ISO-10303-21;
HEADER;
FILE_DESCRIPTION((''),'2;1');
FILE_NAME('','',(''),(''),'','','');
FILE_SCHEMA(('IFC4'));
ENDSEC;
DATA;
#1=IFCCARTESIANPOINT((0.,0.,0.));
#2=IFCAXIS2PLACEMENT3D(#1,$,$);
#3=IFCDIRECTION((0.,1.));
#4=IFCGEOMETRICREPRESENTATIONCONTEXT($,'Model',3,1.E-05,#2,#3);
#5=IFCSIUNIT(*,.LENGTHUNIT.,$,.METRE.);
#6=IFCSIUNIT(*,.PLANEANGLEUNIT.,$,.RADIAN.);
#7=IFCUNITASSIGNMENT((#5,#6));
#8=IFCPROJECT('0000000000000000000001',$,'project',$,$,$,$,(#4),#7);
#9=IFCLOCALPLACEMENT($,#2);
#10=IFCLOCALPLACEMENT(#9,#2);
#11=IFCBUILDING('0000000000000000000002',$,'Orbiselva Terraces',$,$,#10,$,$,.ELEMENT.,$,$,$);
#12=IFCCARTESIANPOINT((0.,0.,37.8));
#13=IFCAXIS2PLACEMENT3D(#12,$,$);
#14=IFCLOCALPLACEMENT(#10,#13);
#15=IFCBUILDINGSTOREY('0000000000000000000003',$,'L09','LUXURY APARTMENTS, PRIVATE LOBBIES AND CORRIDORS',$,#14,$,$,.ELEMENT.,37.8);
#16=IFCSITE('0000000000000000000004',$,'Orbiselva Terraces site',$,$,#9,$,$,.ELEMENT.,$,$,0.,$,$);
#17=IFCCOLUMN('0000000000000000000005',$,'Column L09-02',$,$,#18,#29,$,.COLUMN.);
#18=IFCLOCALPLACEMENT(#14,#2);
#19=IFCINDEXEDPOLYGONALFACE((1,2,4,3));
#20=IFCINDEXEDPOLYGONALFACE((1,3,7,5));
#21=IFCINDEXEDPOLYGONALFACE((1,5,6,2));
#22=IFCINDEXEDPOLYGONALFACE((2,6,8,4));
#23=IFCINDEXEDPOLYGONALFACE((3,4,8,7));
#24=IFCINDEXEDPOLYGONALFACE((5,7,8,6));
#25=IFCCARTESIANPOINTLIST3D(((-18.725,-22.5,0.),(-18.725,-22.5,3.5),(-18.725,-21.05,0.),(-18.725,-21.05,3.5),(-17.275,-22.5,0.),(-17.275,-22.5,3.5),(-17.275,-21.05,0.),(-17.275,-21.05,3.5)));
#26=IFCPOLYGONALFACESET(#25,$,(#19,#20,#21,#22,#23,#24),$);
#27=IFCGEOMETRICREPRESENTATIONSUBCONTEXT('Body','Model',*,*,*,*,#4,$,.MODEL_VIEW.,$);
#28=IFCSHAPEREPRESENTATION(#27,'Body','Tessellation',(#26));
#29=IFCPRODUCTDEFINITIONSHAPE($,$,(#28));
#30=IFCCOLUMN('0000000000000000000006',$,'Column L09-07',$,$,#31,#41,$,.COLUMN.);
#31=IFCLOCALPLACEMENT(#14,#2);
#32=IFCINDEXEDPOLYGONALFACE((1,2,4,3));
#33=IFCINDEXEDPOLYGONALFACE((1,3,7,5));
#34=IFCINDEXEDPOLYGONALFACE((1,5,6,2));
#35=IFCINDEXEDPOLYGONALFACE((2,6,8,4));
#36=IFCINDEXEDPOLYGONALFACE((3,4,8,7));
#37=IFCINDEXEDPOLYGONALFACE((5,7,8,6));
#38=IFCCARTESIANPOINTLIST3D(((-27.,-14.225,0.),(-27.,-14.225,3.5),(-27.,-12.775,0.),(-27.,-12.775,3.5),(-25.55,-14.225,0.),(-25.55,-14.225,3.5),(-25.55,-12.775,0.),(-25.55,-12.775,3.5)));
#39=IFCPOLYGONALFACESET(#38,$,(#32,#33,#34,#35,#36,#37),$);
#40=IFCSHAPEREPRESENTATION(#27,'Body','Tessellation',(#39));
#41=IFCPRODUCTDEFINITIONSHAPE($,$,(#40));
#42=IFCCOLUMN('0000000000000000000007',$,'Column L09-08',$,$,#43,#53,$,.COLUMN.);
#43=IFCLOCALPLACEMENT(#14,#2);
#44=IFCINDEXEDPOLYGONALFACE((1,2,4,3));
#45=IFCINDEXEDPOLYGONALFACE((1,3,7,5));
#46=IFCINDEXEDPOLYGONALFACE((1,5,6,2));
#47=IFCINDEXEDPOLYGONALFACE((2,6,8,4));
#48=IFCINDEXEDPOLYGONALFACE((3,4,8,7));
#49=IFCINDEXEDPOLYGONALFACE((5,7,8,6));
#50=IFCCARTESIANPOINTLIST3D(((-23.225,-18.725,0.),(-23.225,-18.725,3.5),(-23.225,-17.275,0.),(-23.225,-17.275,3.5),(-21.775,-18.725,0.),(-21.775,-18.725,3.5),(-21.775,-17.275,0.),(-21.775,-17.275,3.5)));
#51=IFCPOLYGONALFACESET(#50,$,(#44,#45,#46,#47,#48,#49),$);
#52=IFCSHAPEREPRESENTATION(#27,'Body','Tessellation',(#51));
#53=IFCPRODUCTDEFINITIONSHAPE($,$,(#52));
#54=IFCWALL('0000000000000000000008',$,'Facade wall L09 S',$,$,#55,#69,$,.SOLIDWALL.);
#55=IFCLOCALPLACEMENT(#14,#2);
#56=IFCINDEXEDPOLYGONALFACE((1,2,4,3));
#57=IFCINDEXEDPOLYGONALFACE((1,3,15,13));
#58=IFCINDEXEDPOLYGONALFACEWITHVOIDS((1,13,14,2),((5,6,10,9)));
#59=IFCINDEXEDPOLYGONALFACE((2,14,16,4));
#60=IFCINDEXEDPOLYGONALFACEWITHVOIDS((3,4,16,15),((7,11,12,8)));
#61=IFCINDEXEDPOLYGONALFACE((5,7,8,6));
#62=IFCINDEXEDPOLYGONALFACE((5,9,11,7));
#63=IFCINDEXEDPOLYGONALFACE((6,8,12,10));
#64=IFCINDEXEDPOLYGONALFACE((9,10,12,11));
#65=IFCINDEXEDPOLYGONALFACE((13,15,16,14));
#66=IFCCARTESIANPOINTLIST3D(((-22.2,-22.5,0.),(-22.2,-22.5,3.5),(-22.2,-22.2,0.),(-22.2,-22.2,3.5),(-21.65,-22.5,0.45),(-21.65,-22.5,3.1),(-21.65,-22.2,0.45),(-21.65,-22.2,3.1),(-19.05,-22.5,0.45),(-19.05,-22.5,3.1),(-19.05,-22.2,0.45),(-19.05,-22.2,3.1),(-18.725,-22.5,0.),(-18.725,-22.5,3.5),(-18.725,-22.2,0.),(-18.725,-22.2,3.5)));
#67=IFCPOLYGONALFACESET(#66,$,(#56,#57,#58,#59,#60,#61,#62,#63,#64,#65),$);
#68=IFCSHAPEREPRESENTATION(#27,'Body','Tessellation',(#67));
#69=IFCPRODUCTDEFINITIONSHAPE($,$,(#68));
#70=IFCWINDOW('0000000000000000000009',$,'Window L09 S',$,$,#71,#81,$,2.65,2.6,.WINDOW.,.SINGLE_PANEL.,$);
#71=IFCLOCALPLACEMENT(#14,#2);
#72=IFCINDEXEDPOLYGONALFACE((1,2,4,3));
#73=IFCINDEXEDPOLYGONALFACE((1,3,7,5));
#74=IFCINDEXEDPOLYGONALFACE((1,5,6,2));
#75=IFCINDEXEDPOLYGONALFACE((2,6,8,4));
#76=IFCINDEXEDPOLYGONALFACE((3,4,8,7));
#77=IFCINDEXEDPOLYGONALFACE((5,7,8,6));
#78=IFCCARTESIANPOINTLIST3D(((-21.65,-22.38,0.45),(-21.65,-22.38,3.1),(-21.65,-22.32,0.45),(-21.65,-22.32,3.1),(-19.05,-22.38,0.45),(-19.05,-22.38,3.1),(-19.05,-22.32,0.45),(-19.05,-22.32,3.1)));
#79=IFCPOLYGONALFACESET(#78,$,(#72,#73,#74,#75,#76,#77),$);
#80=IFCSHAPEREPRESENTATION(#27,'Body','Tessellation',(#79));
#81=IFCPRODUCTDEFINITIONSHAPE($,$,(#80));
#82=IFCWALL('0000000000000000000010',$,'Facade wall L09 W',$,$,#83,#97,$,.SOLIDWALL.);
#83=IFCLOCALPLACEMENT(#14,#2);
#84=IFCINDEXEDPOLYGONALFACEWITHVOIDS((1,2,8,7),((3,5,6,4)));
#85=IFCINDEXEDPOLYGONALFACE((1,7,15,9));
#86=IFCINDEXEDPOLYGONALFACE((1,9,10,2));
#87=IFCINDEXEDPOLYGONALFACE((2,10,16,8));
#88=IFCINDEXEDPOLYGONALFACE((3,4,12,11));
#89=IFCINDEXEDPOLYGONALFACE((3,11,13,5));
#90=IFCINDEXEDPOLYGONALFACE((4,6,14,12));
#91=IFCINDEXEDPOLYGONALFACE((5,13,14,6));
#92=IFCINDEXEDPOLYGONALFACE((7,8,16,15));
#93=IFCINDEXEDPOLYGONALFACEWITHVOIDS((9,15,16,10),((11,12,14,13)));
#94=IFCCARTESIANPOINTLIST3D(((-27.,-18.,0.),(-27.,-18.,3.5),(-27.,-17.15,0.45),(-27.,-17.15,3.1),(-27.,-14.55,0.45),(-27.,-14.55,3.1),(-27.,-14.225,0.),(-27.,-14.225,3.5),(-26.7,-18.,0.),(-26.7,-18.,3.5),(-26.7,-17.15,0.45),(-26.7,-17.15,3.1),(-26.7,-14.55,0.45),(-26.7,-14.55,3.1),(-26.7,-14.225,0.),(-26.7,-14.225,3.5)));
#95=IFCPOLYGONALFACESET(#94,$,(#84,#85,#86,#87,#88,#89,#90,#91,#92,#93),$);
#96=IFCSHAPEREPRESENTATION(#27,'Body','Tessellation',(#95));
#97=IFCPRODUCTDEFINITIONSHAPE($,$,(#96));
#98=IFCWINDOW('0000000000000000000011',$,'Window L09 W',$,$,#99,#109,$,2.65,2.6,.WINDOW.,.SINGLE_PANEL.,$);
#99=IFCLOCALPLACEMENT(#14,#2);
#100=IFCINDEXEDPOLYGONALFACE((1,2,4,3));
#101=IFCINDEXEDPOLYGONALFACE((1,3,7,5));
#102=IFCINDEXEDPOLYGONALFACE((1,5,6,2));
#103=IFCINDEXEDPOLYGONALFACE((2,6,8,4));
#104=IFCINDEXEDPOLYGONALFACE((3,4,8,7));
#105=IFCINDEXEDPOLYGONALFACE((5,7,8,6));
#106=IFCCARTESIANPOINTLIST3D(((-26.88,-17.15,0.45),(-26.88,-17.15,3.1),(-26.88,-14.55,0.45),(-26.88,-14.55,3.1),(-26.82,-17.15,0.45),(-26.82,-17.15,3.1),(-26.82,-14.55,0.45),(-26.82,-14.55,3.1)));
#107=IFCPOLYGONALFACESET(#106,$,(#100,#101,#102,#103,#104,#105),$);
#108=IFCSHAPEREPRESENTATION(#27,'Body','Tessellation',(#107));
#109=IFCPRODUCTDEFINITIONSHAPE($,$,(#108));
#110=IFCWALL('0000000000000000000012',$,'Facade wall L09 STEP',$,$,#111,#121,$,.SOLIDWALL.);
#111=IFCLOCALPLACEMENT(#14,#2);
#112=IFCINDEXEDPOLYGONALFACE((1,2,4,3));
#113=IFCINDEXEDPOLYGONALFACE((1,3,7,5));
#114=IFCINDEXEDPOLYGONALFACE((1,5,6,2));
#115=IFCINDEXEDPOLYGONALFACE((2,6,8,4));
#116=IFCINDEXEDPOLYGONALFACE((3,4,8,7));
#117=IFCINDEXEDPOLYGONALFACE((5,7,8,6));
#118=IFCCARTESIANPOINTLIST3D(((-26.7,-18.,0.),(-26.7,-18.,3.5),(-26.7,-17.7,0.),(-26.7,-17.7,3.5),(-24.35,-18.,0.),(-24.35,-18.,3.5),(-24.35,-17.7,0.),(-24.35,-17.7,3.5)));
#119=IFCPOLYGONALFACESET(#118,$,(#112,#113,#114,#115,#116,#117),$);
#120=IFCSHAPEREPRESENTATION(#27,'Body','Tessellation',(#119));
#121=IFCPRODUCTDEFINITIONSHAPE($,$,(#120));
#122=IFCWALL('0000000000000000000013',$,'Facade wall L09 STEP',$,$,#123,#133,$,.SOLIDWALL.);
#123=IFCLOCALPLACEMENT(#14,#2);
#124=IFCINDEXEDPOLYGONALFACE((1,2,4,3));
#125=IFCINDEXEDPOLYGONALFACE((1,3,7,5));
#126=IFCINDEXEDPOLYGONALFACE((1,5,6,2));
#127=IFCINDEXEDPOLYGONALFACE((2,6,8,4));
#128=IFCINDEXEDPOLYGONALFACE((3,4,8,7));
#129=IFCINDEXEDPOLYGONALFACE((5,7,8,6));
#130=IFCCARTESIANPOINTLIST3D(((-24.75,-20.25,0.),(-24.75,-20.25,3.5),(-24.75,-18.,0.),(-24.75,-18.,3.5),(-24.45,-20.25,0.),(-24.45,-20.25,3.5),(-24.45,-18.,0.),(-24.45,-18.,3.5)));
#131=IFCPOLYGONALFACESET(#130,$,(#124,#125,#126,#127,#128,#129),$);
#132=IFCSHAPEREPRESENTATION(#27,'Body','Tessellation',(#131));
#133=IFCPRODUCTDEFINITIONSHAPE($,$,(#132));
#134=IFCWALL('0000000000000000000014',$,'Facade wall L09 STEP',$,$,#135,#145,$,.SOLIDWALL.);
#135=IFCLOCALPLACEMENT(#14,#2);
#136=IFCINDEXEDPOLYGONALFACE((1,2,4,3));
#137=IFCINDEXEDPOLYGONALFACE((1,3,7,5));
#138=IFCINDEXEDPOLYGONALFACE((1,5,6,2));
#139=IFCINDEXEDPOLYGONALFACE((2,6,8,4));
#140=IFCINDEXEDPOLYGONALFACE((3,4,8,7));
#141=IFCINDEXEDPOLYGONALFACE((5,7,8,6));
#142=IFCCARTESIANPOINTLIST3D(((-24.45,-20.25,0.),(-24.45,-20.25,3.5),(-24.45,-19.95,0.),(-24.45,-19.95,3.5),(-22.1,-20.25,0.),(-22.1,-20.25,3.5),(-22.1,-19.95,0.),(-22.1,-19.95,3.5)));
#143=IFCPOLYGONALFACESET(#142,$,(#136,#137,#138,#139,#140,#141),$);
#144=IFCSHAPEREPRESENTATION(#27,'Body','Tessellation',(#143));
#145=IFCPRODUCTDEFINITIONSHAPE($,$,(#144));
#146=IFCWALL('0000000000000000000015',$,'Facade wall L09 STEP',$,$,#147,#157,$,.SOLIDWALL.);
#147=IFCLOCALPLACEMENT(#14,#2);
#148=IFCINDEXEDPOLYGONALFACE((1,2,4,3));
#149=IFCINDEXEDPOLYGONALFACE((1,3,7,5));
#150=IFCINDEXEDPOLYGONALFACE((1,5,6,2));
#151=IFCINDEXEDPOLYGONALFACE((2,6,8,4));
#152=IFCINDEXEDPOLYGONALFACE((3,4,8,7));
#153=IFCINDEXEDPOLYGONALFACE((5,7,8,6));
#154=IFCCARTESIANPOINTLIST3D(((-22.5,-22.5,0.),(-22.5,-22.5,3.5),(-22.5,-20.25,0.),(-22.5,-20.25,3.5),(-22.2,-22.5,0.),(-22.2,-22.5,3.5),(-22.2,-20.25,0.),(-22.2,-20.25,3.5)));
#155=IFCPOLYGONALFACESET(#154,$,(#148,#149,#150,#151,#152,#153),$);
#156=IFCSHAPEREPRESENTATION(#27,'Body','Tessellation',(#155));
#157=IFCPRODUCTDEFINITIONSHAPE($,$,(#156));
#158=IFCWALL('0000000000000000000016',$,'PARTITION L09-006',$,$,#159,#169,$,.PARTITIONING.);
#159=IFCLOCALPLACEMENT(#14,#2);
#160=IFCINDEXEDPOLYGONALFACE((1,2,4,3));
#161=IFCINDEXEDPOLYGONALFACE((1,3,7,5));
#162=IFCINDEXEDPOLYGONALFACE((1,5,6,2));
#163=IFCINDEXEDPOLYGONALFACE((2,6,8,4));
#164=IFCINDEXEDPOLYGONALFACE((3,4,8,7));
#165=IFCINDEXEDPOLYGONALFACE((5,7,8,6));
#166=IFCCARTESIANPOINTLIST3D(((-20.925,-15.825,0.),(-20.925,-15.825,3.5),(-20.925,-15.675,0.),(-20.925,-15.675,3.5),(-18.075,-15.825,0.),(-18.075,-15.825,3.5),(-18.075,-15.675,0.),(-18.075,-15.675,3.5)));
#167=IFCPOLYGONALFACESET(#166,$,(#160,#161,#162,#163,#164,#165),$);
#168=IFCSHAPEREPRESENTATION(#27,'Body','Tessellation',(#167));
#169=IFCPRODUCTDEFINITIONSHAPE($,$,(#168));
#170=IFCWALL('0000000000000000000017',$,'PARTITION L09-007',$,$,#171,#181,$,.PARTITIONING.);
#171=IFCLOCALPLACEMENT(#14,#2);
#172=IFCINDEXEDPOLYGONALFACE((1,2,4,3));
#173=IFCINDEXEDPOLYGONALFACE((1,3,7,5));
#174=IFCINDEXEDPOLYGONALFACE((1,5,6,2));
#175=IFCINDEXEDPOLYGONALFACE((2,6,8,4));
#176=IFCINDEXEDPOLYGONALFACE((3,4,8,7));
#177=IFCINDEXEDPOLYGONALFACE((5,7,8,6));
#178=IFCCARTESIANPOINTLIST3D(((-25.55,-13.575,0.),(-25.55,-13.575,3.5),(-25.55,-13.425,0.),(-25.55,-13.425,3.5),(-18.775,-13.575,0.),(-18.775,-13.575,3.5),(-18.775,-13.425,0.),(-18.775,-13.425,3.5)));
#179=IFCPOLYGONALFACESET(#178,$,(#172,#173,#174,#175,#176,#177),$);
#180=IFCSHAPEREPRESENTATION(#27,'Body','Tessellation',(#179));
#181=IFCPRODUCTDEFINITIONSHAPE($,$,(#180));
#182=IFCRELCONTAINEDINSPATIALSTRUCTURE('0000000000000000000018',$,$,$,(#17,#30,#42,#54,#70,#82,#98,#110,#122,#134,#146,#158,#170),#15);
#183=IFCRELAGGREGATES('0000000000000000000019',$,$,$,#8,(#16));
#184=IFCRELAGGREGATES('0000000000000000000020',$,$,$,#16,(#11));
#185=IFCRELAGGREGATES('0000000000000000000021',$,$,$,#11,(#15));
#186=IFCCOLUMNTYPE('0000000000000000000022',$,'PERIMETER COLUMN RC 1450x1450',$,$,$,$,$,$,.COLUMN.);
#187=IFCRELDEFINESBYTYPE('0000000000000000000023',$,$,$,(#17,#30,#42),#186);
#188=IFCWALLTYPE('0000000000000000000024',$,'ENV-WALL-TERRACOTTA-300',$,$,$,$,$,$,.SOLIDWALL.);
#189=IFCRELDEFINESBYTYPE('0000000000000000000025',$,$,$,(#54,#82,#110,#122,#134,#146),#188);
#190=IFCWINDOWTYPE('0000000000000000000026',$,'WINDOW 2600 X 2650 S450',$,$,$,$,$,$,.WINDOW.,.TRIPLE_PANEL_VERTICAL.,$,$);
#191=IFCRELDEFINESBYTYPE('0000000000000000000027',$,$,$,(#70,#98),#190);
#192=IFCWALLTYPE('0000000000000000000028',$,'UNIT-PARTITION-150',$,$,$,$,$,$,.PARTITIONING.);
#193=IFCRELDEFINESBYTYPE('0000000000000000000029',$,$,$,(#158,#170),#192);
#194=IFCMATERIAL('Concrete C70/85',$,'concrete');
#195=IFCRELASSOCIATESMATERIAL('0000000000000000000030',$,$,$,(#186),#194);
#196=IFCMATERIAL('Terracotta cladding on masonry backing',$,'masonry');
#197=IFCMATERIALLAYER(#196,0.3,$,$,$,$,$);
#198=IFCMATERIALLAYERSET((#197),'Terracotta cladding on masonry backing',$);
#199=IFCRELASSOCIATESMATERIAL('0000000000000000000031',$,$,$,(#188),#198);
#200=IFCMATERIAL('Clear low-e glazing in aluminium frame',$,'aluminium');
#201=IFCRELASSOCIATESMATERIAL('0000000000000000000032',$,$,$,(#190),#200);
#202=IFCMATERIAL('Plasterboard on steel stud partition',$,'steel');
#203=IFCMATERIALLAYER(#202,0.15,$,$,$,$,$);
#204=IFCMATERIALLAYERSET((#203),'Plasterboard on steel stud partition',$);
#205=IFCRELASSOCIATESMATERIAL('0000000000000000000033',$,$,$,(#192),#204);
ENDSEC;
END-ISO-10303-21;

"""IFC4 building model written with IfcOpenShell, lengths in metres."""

from ifc_helpers import new_model, si_unit, direction, frame, frame_2d, origin, origin_2d, place, context, subcontext, project, spatial, rectangle, extrude, material, layer, layer_set, material_profile, profile_set, type_object, element, fill, save


model = new_model("IFC4")

# Units and contexts
model_context = context("Model", 3, precision=1e-05, world=origin(), true_north=direction((0.0, 1.0)))
body_context = subcontext(model_context, "Body", "Model", "MODEL_VIEW")
ifc_project = project(units=[si_unit("LENGTHUNIT", "METRE"), si_unit("PLANEANGLEUNIT", "RADIAN")], contexts=[model_context])

# Site, building, storey
site_placement = place(None, origin())
site = spatial("IfcSite", under=ifc_project, at=site_placement, Name="Orbiselva Terraces site", CompositionType="ELEMENT", RefElevation=0.0)
building_placement = place(site_placement, origin())
building = spatial("IfcBuilding", under=site, at=building_placement, Name="Orbiselva Terraces", CompositionType="ELEMENT")
storey_placement = place(building_placement, frame((0.0, 0.0, 37.8)))
storey = spatial("IfcBuildingStorey", under=building, at=storey_placement, Name="L09", Description="LUXURY APARTMENTS, PRIVATE LOBBIES AND CORRIDORS", CompositionType="ELEMENT", Elevation=37.8)

# Columns
ifc_material_1 = material(Name="Concrete C70/85", Category="concrete")
ifc_material_profile = material_profile(ifc_material_1, rectangle(XDim=1.45, YDim=1.45, at=origin_2d()), Name="RC 1450x1450")
ifc_profile_set = profile_set([ifc_material_profile], Name="Concrete C70/85")
column_type = type_object("IfcColumnType", Name="PERIMETER COLUMN RC 1450x1450", PredefinedType="COLUMN", material=ifc_profile_set)
for number, where, z_axis, x_axis, name in (
    (1, (-18.0, -21.775, 0.0), (0.0, 0.0, 1.0), (1.0, 0.0, 0.0), "Column L09-02"),
    (2, (-26.275, -13.5, 0.0), (0.0, 0.0, 1.0), (1.0, 0.0, 0.0), "Column L09-07"),
    (3, (-22.5, -18.0, 0.0), (0.0, 0.0, 1.0), (1.0, 0.0, 0.0), "Column L09-08"),
):
    element("IfcColumn", number, at=place(storey_placement, frame(where, z_axis=z_axis, x_axis=x_axis)), inside=storey, type_object=column_type, Name=name, PredefinedType="COLUMN", context=body_context, shape_type="SweptSolid", body=[
        extrude(rectangle(XDim=1.45, YDim=1.45, at=origin_2d()), origin(), (0.0, 0.0, 1.0), 3.5),
    ])

# Walls, openings, windows
ifc_material_2 = material(Name="Terracotta cladding on masonry backing", Category="masonry")
ifc_layer_1 = layer(ifc_material_2, 0.3)
ifc_layer_set_1 = layer_set([ifc_layer_1], Name="Terracotta cladding on masonry backing")
wall_type_1 = type_object("IfcWallType", Name="ENV-WALL-TERRACOTTA-300", PredefinedType="SOLIDWALL", material=ifc_layer_set_1)
wall_1_placement = place(storey_placement, frame((-18.725, -22.35, 0.0), z_axis=(0.0, 0.0, 1.0), x_axis=(-1.0, 0.0, 0.0)))
wall_1 = element("IfcWall", 4, at=wall_1_placement, inside=storey, type_object=wall_type_1, Name="Facade wall L09 S", PredefinedType="SOLIDWALL", context=body_context, shape_type="SweptSolid", body=[
    extrude(rectangle(XDim=3.475, YDim=0.3, at=frame_2d((1.7375, 0.0))), origin(), (0.0, 0.0, 1.0), 3.5),
])
opening_1_placement = place(wall_1_placement, frame((0.325, 0.0, 0.45)))
opening_1 = element("IfcOpeningElement", 5, at=opening_1_placement, cuts=wall_1, PredefinedType="OPENING", context=body_context, shape_type="SweptSolid", body=[
    extrude(rectangle(XDim=2.6, YDim=2.65, at=frame_2d((1.3, 1.325))), frame((0.0, 0.16, 0.0), z_axis=(0.0, -1.0, 0.0), x_axis=(1.0, 0.0, 0.0)), (0.0, 0.0, 1.0), 0.32),
])
ifc_material_3 = material(Name="Clear low-e glazing in aluminium frame", Category="aluminium")
window_type = type_object("IfcWindowType", Name="WINDOW 2600 X 2650 S450", PartitioningType="TRIPLE_PANEL_VERTICAL", PredefinedType="WINDOW", material=ifc_material_3)
window_1_placement = place(opening_1_placement, origin())
window_1 = element("IfcWindow", 6, at=window_1_placement, inside=storey, type_object=window_type, Name="Window L09 S", OverallHeight=2.65, OverallWidth=2.6, PartitioningType="SINGLE_PANEL", PredefinedType="WINDOW", context=body_context, shape_type="SweptSolid", body=[
    extrude(rectangle(XDim=2.6, YDim=2.65, at=frame_2d((1.3, 1.325))), frame((0.0, 0.03, 0.0), z_axis=(0.0, -1.0, 0.0), x_axis=(1.0, 0.0, 0.0)), (0.0, 0.0, 1.0), 0.06),
])
fill(opening_1, window_1)
wall_2_placement = place(storey_placement, frame((-26.85, -18.0, 0.0), z_axis=(0.0, 0.0, 1.0), x_axis=(0.0, 1.0, 0.0)))
wall_2 = element("IfcWall", 7, at=wall_2_placement, inside=storey, type_object=wall_type_1, Name="Facade wall L09 W", PredefinedType="SOLIDWALL", context=body_context, shape_type="SweptSolid", body=[
    extrude(rectangle(XDim=3.775, YDim=0.3, at=frame_2d((1.8875, 0.0))), origin(), (0.0, 0.0, 1.0), 3.5),
])
opening_2_placement = place(wall_2_placement, frame((0.85, 0.0, 0.45)))
opening_2 = element("IfcOpeningElement", 8, at=opening_2_placement, cuts=wall_2, PredefinedType="OPENING", context=body_context, shape_type="SweptSolid", body=[
    extrude(rectangle(XDim=2.6, YDim=2.65, at=frame_2d((1.3, 1.325))), frame((0.0, 0.16, 0.0), z_axis=(0.0, -1.0, 0.0), x_axis=(1.0, 0.0, 0.0)), (0.0, 0.0, 1.0), 0.32),
])
window_2_placement = place(opening_2_placement, origin())
window_2 = element("IfcWindow", 9, at=window_2_placement, inside=storey, type_object=window_type, Name="Window L09 W", OverallHeight=2.65, OverallWidth=2.6, PartitioningType="SINGLE_PANEL", PredefinedType="WINDOW", context=body_context, shape_type="SweptSolid", body=[
    extrude(rectangle(XDim=2.6, YDim=2.65, at=frame_2d((1.3, 1.325))), frame((0.0, 0.03, 0.0), z_axis=(0.0, -1.0, 0.0), x_axis=(1.0, 0.0, 0.0)), (0.0, 0.0, 1.0), 0.06),
])
fill(opening_2, window_2)

# Walls
wall_3_placement = place(storey_placement, frame((-24.35, -17.85, 0.0), z_axis=(0.0, 0.0, 1.0), x_axis=(-1.0, 0.0, 0.0)))
element("IfcWall", 10, at=wall_3_placement, inside=storey, type_object=wall_type_1, Name="Facade wall L09 STEP", PredefinedType="SOLIDWALL", context=body_context, shape_type="SweptSolid", body=[
    extrude(rectangle(XDim=2.35, YDim=0.3, at=frame_2d((1.175, 0.0))), origin(), (0.0, 0.0, 1.0), 3.5),
])
wall_4_placement = place(storey_placement, frame((-24.6, -20.25, 0.0), z_axis=(0.0, 0.0, 1.0), x_axis=(0.0, 1.0, 0.0)))
element("IfcWall", 11, at=wall_4_placement, inside=storey, type_object=wall_type_1, Name="Facade wall L09 STEP", PredefinedType="SOLIDWALL", context=body_context, shape_type="SweptSolid", body=[
    extrude(rectangle(XDim=2.25, YDim=0.3, at=frame_2d((1.125, 0.0))), origin(), (0.0, 0.0, 1.0), 3.5),
])
wall_5_placement = place(storey_placement, frame((-22.1, -20.1, 0.0), z_axis=(0.0, 0.0, 1.0), x_axis=(-1.0, 0.0, 0.0)))
element("IfcWall", 12, at=wall_5_placement, inside=storey, type_object=wall_type_1, Name="Facade wall L09 STEP", PredefinedType="SOLIDWALL", context=body_context, shape_type="SweptSolid", body=[
    extrude(rectangle(XDim=2.35, YDim=0.3, at=frame_2d((1.175, 0.0))), origin(), (0.0, 0.0, 1.0), 3.5),
])
wall_6_placement = place(storey_placement, frame((-22.35, -22.5, 0.0), z_axis=(0.0, 0.0, 1.0), x_axis=(0.0, 1.0, 0.0)))
element("IfcWall", 13, at=wall_6_placement, inside=storey, type_object=wall_type_1, Name="Facade wall L09 STEP", PredefinedType="SOLIDWALL", context=body_context, shape_type="SweptSolid", body=[
    extrude(rectangle(XDim=2.25, YDim=0.3, at=frame_2d((1.125, 0.0))), origin(), (0.0, 0.0, 1.0), 3.5),
])
ifc_material_4 = material(Name="Plasterboard on steel stud partition", Category="steel")
ifc_layer_2 = layer(ifc_material_4, 0.15)
ifc_layer_set_2 = layer_set([ifc_layer_2], Name="Plasterboard on steel stud partition")
wall_type_2 = type_object("IfcWallType", Name="UNIT-PARTITION-150", PredefinedType="PARTITIONING", material=ifc_layer_set_2)
wall_7_placement = place(storey_placement, frame((-20.925, -15.75, 0.0), z_axis=(0.0, 0.0, 1.0), x_axis=(1.0, 0.0, 0.0)))
element("IfcWall", 14, at=wall_7_placement, inside=storey, type_object=wall_type_2, Name="PARTITION L09-006", PredefinedType="PARTITIONING", context=body_context, shape_type="SweptSolid", body=[
    extrude(rectangle(XDim=2.85, YDim=0.15, at=frame_2d((1.425, 0.0))), origin(), (0.0, 0.0, 1.0), 3.5),
])
wall_8_placement = place(storey_placement, frame((-25.55, -13.5, 0.0), z_axis=(0.0, 0.0, 1.0), x_axis=(1.0, 0.0, 0.0)))
element("IfcWall", 15, at=wall_8_placement, inside=storey, type_object=wall_type_2, Name="PARTITION L09-007", PredefinedType="PARTITIONING", context=body_context, shape_type="SweptSolid", body=[
    extrude(rectangle(XDim=6.775, YDim=0.15, at=frame_2d((3.3875, 0.0))), origin(), (0.0, 0.0, 1.0), 3.5),
])

save(model, "model.ifc")
